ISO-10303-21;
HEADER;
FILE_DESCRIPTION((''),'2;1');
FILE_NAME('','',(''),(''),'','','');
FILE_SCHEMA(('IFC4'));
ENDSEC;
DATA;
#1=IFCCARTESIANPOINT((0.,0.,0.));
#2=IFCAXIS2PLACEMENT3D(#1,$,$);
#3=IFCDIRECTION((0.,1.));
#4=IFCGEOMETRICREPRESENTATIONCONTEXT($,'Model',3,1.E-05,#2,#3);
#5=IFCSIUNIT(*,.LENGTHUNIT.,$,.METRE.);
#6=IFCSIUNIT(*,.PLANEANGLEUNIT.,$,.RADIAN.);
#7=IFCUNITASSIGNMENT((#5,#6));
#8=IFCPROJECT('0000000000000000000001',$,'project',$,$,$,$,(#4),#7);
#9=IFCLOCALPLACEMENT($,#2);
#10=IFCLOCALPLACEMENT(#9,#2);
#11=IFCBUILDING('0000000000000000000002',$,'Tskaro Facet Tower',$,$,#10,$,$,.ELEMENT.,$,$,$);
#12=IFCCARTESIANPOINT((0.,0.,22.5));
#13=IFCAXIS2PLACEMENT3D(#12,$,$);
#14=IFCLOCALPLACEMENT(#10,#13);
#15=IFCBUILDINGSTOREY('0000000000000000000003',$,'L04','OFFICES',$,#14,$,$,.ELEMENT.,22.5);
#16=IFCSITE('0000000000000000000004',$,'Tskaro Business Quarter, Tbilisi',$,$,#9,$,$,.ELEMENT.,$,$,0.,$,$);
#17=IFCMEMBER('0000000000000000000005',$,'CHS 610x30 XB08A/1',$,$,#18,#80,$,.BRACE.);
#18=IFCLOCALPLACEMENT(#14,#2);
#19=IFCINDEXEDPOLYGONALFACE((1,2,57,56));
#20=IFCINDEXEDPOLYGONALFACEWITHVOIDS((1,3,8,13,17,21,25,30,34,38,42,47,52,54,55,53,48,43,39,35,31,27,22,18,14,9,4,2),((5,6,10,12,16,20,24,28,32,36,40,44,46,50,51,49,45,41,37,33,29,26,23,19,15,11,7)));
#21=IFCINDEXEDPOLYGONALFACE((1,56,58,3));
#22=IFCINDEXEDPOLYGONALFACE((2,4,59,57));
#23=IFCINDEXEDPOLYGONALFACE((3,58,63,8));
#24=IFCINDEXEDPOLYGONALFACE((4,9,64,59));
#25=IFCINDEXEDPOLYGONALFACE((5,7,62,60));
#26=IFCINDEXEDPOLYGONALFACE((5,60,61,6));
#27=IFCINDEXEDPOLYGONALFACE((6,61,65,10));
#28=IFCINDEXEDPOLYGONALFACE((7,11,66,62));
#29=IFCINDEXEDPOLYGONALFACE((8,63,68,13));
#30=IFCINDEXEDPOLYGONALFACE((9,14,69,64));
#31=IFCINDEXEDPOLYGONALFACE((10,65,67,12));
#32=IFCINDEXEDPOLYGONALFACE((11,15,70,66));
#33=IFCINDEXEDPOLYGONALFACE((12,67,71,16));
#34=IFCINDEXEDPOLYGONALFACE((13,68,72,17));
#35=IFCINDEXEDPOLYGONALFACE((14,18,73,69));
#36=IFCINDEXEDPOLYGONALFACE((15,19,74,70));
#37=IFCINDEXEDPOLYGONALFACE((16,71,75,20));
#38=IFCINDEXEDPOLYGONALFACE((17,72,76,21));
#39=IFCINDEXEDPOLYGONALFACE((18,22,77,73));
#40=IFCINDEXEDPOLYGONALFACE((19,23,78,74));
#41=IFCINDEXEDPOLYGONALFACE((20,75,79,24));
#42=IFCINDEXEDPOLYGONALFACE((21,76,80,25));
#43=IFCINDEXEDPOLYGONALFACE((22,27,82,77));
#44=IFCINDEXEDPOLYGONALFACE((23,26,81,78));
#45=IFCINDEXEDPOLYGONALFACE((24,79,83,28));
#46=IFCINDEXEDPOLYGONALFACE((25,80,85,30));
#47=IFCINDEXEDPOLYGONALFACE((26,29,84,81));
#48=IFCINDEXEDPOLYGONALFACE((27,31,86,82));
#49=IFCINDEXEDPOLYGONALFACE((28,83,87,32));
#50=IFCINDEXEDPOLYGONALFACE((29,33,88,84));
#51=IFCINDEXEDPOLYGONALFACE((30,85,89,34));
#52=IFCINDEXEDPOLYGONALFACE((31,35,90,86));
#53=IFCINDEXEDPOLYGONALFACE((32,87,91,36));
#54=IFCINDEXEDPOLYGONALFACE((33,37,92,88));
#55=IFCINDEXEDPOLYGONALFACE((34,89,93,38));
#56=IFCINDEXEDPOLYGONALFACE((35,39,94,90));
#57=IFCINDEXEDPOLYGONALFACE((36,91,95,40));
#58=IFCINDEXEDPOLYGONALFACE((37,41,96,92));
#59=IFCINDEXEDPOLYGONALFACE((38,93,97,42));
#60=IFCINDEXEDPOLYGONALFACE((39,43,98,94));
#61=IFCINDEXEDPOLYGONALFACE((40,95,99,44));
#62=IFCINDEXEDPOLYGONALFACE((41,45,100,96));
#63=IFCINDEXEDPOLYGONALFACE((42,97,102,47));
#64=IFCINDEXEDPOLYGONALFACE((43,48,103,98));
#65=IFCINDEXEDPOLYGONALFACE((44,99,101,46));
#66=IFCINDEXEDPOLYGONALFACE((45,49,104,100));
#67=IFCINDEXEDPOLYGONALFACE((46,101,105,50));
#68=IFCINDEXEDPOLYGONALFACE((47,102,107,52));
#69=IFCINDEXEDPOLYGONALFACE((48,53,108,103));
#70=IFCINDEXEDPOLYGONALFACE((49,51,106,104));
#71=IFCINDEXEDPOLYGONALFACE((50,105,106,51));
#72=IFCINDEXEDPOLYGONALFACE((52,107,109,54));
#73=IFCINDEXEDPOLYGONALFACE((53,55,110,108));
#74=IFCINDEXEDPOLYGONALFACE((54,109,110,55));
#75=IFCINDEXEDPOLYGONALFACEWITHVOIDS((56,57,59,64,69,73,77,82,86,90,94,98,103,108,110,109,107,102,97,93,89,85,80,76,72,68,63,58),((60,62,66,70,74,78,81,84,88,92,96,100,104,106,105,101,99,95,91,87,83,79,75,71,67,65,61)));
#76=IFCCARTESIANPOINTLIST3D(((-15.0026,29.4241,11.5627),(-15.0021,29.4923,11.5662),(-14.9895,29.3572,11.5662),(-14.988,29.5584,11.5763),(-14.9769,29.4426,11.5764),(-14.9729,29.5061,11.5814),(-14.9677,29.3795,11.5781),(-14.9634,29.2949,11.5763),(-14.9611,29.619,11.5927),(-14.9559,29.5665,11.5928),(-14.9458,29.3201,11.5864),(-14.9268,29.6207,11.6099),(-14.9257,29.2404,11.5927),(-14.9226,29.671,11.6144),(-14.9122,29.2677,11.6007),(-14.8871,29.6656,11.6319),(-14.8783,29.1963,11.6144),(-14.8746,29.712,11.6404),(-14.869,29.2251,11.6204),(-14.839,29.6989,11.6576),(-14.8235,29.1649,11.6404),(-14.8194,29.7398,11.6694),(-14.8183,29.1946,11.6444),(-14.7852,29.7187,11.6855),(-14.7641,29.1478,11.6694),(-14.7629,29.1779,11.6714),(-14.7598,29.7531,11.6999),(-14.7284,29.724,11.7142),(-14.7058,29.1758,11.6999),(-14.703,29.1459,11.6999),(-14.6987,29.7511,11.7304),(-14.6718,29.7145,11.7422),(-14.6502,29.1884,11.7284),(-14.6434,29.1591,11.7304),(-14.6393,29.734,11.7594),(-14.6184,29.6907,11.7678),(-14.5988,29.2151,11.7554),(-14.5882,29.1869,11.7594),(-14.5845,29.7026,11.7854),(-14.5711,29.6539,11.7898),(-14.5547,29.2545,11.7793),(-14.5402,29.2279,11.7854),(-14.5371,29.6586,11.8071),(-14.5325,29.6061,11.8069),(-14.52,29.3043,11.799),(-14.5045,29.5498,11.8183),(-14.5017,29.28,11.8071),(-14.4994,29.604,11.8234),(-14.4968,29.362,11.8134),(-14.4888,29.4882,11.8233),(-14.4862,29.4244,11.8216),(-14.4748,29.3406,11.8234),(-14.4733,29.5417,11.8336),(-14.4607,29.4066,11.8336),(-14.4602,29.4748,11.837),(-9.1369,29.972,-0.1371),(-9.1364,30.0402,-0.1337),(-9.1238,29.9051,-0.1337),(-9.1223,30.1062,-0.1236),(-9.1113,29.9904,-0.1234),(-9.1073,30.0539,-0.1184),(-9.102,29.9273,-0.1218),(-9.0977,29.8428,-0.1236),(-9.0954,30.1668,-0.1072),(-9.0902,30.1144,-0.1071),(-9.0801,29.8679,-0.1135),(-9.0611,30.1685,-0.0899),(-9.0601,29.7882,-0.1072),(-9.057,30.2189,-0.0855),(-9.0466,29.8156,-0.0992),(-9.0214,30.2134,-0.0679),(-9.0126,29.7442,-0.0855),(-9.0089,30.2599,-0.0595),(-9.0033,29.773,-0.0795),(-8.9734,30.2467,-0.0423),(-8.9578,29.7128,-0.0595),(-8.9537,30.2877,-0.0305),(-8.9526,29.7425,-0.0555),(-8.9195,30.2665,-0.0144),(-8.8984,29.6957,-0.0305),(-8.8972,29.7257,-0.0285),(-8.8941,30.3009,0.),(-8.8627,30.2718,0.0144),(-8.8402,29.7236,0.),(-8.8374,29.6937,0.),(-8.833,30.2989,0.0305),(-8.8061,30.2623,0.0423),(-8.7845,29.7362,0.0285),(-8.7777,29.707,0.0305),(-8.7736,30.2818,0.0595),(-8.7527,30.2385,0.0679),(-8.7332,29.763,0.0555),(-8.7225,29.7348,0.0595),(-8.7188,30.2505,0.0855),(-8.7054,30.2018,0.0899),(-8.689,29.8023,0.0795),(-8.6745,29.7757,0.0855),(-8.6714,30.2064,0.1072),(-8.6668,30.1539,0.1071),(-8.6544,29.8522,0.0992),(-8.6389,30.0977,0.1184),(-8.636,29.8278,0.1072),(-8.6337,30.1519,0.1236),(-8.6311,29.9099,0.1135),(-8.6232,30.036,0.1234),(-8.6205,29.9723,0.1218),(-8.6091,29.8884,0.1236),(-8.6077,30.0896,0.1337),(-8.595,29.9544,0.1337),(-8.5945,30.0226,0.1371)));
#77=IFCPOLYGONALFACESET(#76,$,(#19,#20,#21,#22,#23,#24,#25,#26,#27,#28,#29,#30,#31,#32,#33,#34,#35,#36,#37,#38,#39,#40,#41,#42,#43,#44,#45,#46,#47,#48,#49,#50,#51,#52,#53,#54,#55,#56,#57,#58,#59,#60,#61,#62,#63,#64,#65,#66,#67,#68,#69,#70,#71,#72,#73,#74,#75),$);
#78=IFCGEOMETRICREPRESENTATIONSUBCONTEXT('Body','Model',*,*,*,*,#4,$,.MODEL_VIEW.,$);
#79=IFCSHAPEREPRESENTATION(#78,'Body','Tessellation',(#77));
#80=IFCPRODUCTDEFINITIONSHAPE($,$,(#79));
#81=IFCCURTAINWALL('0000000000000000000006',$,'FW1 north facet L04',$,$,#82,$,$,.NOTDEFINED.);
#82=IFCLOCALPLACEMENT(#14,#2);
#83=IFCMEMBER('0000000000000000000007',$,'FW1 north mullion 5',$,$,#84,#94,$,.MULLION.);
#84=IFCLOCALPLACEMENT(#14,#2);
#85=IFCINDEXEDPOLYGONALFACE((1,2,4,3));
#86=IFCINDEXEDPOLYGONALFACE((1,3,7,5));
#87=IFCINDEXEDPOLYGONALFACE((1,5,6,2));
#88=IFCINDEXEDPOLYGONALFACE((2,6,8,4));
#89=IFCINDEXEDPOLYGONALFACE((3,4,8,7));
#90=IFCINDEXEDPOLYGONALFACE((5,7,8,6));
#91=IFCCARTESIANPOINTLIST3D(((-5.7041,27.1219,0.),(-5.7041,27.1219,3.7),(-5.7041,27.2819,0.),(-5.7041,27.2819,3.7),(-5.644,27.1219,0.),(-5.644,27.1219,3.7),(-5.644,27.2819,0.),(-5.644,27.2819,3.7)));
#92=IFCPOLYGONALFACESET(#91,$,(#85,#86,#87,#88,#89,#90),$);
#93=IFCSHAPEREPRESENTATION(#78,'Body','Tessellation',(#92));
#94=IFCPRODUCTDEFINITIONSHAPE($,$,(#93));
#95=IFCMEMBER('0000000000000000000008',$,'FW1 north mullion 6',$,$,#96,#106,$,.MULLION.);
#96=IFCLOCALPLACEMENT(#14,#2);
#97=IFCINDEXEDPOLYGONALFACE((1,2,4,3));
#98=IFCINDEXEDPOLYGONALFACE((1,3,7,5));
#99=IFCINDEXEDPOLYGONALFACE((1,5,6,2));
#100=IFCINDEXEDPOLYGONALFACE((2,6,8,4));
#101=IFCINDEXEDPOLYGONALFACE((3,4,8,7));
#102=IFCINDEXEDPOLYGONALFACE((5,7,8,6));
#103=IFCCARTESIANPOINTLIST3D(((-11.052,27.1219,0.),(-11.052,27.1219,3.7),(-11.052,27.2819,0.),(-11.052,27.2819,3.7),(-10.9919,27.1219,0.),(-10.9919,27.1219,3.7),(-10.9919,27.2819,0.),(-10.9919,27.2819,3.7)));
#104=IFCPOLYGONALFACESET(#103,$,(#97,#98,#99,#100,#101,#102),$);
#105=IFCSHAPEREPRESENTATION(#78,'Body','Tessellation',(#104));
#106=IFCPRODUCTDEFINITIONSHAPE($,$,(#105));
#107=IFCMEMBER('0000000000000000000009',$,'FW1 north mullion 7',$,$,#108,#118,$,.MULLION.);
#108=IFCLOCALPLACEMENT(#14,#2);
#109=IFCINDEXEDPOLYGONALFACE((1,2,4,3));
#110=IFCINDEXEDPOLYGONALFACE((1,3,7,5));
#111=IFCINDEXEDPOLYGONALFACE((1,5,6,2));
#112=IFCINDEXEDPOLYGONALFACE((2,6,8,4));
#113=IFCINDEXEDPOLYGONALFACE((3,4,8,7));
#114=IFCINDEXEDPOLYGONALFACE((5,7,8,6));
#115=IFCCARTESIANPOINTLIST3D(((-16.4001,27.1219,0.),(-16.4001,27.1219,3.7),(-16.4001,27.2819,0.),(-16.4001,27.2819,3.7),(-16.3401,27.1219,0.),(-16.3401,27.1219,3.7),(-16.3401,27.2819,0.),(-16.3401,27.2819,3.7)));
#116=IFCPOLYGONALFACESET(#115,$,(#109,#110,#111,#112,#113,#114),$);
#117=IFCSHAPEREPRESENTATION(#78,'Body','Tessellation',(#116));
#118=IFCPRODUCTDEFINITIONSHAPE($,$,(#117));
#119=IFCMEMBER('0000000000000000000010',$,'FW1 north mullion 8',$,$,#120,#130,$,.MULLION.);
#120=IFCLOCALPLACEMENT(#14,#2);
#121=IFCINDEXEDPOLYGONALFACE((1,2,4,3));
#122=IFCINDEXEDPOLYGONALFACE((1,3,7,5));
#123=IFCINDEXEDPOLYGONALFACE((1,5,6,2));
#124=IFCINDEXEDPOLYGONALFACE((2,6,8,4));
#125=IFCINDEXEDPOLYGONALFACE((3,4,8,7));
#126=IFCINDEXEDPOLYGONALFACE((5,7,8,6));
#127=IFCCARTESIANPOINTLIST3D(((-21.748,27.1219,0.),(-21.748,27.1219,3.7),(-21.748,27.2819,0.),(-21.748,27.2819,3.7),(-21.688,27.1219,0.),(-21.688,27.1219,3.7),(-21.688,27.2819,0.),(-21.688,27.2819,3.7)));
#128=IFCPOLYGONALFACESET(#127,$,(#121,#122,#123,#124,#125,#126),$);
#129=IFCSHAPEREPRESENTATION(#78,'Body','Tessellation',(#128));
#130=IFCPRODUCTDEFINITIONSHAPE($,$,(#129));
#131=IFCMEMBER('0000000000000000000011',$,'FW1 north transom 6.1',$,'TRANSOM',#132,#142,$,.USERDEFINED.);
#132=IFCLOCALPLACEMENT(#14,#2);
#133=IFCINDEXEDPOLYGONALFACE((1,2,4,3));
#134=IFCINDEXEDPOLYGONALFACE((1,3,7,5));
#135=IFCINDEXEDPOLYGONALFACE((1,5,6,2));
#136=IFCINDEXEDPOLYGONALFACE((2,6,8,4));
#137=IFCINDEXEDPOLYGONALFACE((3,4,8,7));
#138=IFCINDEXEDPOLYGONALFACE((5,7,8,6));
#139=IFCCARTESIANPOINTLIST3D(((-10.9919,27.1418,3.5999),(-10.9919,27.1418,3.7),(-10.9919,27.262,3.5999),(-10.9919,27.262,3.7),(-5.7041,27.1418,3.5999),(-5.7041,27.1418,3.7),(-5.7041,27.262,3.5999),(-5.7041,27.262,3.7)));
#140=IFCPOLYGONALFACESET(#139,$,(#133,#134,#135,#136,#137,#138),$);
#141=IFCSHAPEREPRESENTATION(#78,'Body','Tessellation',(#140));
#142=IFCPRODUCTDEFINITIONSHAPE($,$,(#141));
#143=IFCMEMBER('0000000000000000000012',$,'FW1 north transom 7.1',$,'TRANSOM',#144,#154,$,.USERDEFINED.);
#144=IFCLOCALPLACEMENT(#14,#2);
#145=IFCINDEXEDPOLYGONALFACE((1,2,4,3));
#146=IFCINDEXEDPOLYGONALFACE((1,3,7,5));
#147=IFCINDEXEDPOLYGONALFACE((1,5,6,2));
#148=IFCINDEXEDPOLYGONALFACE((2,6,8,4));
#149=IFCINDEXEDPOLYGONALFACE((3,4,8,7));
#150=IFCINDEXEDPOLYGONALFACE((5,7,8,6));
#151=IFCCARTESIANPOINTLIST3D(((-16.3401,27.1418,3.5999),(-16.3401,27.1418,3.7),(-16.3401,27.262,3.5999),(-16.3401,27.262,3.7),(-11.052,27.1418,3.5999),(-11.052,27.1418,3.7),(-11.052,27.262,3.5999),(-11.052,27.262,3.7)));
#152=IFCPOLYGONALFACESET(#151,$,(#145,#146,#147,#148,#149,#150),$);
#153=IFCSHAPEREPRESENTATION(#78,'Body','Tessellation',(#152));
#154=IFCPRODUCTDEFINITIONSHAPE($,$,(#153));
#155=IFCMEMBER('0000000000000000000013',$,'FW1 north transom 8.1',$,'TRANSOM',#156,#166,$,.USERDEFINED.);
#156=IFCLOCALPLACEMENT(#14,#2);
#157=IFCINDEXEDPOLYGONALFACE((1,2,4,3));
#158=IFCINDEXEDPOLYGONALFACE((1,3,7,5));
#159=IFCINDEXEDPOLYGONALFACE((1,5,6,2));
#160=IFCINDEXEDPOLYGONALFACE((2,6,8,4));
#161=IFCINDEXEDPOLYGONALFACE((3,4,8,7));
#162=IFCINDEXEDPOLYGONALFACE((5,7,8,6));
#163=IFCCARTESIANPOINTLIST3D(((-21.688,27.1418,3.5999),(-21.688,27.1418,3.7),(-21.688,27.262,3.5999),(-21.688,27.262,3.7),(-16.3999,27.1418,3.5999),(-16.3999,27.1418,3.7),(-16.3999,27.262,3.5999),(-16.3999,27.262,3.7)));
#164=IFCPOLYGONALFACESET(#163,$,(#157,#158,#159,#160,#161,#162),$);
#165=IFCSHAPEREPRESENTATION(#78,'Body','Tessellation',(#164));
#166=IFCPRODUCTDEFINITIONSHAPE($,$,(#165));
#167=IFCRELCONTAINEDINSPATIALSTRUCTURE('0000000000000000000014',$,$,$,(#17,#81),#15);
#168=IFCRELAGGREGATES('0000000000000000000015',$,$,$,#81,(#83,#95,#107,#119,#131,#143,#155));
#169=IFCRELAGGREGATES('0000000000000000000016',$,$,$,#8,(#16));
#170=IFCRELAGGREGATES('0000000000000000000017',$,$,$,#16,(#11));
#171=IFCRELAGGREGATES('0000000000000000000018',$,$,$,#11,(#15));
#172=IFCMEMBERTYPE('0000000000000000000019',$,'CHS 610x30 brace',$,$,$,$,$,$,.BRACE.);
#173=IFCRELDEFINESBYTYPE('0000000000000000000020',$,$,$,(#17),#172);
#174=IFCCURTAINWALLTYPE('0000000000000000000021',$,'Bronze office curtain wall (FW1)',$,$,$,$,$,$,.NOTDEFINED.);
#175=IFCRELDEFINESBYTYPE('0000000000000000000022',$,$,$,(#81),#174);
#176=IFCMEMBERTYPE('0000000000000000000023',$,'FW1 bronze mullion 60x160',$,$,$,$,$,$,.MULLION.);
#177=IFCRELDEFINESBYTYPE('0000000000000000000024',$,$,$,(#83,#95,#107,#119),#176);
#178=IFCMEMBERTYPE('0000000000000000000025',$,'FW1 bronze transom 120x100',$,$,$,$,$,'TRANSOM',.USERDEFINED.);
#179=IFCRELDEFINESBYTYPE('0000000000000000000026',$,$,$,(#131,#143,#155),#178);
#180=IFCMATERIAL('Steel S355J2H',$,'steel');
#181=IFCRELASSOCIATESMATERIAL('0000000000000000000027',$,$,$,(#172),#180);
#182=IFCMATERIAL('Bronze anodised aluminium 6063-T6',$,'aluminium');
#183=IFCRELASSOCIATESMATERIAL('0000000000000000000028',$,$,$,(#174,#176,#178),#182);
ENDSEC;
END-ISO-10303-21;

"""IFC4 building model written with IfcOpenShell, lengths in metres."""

from ifc_helpers import new_model, si_unit, direction, frame, origin, origin_2d, place, context, subcontext, project, spatial, rectangle, hollow_circle, extrude, material, material_profile, profile_set, type_object, element, aggregate, save


model = new_model("IFC4")

# Units and contexts
model_context = context("Model", 3, precision=1e-05, world=origin(), true_north=direction((0.0, 1.0)))
body_context = subcontext(model_context, "Body", "Model", "MODEL_VIEW")
ifc_project = project(units=[si_unit("LENGTHUNIT", "METRE"), si_unit("PLANEANGLEUNIT", "RADIAN")], contexts=[model_context])

# Site, building, storey
site_placement = place(None, origin())
site = spatial("IfcSite", under=ifc_project, at=site_placement, Name="Tskaro Business Quarter, Tbilisi", CompositionType="ELEMENT", RefElevation=0.0)
building_placement = place(site_placement, origin())
building = spatial("IfcBuilding", under=site, at=building_placement, Name="Tskaro Facet Tower", CompositionType="ELEMENT")
storey_placement = place(building_placement, frame((0.0, 0.0, 22.5)))
storey = spatial("IfcBuildingStorey", under=building, at=storey_placement, Name="L04", Description="OFFICES", CompositionType="ELEMENT", Elevation=22.5)

# Shared definitions
ifc_material_1 = material(Name="Steel S355J2H", Category="steel")

# Member
ifc_material_profile_1 = material_profile(ifc_material_1, hollow_circle(Radius=0.3049, WallThickness=0.03, at=origin_2d()), Name="CHS 610x30")
ifc_profile_set_1 = profile_set([ifc_material_profile_1], Name="Steel S355J2H")
member_type_1 = type_object("IfcMemberType", Name="CHS 610x30 brace", PredefinedType="BRACE", material=ifc_profile_set_1)
member_1_placement = place(storey_placement, frame((-8.8657, 29.9973, 0.0), z_axis=(-0.447784, -0.041822, 0.893163), x_axis=(0.092994, -0.995667, 0.0)))
element("IfcMember", 1, at=member_1_placement, inside=storey, type_object=member_type_1, Name="CHS 610x30 XB08A/1", PredefinedType="BRACE", context=body_context, shape_type="SweptSolid", body=[
    extrude(hollow_circle(Radius=0.3049, WallThickness=0.03, at=origin_2d()), origin(), (0.0, 0.0, 1.0), 13.0994),
])

# Curtain wall, members
ifc_material_2 = material(Name="Bronze anodised aluminium 6063-T6", Category="aluminium")
curtain_wall_type = type_object("IfcCurtainWallType", Name="Bronze office curtain wall (FW1)", PredefinedType="NOTDEFINED", material=ifc_material_2)
curtain_wall_placement = place(storey_placement, origin())
curtain_wall = element("IfcCurtainWall", 2, at=curtain_wall_placement, inside=storey, type_object=curtain_wall_type, Name="FW1 north facet L04", PredefinedType="NOTDEFINED")
ifc_material_profile_2 = material_profile(ifc_material_2, rectangle(XDim=0.0601, YDim=0.1599, at=origin_2d()), Name="Mullion 60x160")
ifc_profile_set_2 = profile_set([ifc_material_profile_2], Name="Bronze anodised aluminium 6063-T6")
member_type_2 = type_object("IfcMemberType", Name="FW1 bronze mullion 60x160", PredefinedType="MULLION", material=ifc_profile_set_2)
member_2_placement = place(storey_placement, frame((-5.6741, 27.2019, 0.0), z_axis=(0.0, 0.0, 1.0), x_axis=(-1.0, 0.0, 0.0)))
member_2 = element("IfcMember", 3, at=member_2_placement, type_object=member_type_2, Name="FW1 north mullion 5", PredefinedType="MULLION", context=body_context, shape_type="SweptSolid", body=[
    extrude(rectangle(XDim=0.0601, YDim=0.1599, at=origin_2d()), origin(), (0.0, 0.0, 1.0), 3.7),
])
member_3_placement = place(storey_placement, frame((-11.022, 27.2019, 0.0), z_axis=(0.0, 0.0, 1.0), x_axis=(-1.0, 0.0, 0.0)))
member_3 = element("IfcMember", 4, at=member_3_placement, type_object=member_type_2, Name="FW1 north mullion 6", PredefinedType="MULLION", context=body_context, shape_type="SweptSolid", body=[
    extrude(rectangle(XDim=0.0601, YDim=0.1599, at=origin_2d()), origin(), (0.0, 0.0, 1.0), 3.7),
])
member_4_placement = place(storey_placement, frame((-16.3701, 27.2019, 0.0), z_axis=(0.0, 0.0, 1.0), x_axis=(-1.0, 0.0, 0.0)))
member_4 = element("IfcMember", 5, at=member_4_placement, type_object=member_type_2, Name="FW1 north mullion 7", PredefinedType="MULLION", context=body_context, shape_type="SweptSolid", body=[
    extrude(rectangle(XDim=0.0601, YDim=0.1599, at=origin_2d()), origin(), (0.0, 0.0, 1.0), 3.7),
])
member_5_placement = place(storey_placement, frame((-21.718, 27.2019, 0.0), z_axis=(0.0, 0.0, 1.0), x_axis=(-1.0, 0.0, 0.0)))
member_5 = element("IfcMember", 6, at=member_5_placement, type_object=member_type_2, Name="FW1 north mullion 8", PredefinedType="MULLION", context=body_context, shape_type="SweptSolid", body=[
    extrude(rectangle(XDim=0.0601, YDim=0.1599, at=origin_2d()), origin(), (0.0, 0.0, 1.0), 3.7),
])
ifc_material_profile_3 = material_profile(ifc_material_2, rectangle(XDim=0.1201, YDim=0.1001, at=origin_2d()), Name="Transom 120x100")
ifc_profile_set_3 = profile_set([ifc_material_profile_3], Name="Bronze anodised aluminium 6063-T6")
member_type_3 = type_object("IfcMemberType", Name="FW1 bronze transom 120x100", ElementType="TRANSOM", PredefinedType="USERDEFINED", material=ifc_profile_set_3)
member_6_placement = place(storey_placement, frame((-5.7041, 27.2019, 3.6499), z_axis=(-1.0, 0.0, 0.0), x_axis=(0.0, -1.0, 0.0)))
member_6 = element("IfcMember", 7, at=member_6_placement, type_object=member_type_3, Name="FW1 north transom 6.1", ObjectType="TRANSOM", PredefinedType="USERDEFINED", context=body_context, shape_type="SweptSolid", body=[
    extrude(rectangle(XDim=0.1201, YDim=0.1001, at=origin_2d()), origin(), (0.0, 0.0, 1.0), 5.2878),
])
member_7_placement = place(storey_placement, frame((-11.052, 27.2019, 3.6499), z_axis=(-1.0, 0.0, 0.0), x_axis=(0.0, -1.0, 0.0)))
member_7 = element("IfcMember", 8, at=member_7_placement, type_object=member_type_3, Name="FW1 north transom 7.1", ObjectType="TRANSOM", PredefinedType="USERDEFINED", context=body_context, shape_type="SweptSolid", body=[
    extrude(rectangle(XDim=0.1201, YDim=0.1001, at=origin_2d()), origin(), (0.0, 0.0, 1.0), 5.2881),
])
member_8_placement = place(storey_placement, frame((-16.3999, 27.2019, 3.6499), z_axis=(-1.0, 0.0, 0.0), x_axis=(0.0, -1.0, 0.0)))
member_8 = element("IfcMember", 9, at=member_8_placement, type_object=member_type_3, Name="FW1 north transom 8.1", ObjectType="TRANSOM", PredefinedType="USERDEFINED", context=body_context, shape_type="SweptSolid", body=[
    extrude(rectangle(XDim=0.1201, YDim=0.1001, at=origin_2d()), origin(), (0.0, 0.0, 1.0), 5.2881),
])

aggregate(curtain_wall, [member_2, member_3, member_4, member_5, member_6, member_7, member_8])

save(model, "model.ifc")
